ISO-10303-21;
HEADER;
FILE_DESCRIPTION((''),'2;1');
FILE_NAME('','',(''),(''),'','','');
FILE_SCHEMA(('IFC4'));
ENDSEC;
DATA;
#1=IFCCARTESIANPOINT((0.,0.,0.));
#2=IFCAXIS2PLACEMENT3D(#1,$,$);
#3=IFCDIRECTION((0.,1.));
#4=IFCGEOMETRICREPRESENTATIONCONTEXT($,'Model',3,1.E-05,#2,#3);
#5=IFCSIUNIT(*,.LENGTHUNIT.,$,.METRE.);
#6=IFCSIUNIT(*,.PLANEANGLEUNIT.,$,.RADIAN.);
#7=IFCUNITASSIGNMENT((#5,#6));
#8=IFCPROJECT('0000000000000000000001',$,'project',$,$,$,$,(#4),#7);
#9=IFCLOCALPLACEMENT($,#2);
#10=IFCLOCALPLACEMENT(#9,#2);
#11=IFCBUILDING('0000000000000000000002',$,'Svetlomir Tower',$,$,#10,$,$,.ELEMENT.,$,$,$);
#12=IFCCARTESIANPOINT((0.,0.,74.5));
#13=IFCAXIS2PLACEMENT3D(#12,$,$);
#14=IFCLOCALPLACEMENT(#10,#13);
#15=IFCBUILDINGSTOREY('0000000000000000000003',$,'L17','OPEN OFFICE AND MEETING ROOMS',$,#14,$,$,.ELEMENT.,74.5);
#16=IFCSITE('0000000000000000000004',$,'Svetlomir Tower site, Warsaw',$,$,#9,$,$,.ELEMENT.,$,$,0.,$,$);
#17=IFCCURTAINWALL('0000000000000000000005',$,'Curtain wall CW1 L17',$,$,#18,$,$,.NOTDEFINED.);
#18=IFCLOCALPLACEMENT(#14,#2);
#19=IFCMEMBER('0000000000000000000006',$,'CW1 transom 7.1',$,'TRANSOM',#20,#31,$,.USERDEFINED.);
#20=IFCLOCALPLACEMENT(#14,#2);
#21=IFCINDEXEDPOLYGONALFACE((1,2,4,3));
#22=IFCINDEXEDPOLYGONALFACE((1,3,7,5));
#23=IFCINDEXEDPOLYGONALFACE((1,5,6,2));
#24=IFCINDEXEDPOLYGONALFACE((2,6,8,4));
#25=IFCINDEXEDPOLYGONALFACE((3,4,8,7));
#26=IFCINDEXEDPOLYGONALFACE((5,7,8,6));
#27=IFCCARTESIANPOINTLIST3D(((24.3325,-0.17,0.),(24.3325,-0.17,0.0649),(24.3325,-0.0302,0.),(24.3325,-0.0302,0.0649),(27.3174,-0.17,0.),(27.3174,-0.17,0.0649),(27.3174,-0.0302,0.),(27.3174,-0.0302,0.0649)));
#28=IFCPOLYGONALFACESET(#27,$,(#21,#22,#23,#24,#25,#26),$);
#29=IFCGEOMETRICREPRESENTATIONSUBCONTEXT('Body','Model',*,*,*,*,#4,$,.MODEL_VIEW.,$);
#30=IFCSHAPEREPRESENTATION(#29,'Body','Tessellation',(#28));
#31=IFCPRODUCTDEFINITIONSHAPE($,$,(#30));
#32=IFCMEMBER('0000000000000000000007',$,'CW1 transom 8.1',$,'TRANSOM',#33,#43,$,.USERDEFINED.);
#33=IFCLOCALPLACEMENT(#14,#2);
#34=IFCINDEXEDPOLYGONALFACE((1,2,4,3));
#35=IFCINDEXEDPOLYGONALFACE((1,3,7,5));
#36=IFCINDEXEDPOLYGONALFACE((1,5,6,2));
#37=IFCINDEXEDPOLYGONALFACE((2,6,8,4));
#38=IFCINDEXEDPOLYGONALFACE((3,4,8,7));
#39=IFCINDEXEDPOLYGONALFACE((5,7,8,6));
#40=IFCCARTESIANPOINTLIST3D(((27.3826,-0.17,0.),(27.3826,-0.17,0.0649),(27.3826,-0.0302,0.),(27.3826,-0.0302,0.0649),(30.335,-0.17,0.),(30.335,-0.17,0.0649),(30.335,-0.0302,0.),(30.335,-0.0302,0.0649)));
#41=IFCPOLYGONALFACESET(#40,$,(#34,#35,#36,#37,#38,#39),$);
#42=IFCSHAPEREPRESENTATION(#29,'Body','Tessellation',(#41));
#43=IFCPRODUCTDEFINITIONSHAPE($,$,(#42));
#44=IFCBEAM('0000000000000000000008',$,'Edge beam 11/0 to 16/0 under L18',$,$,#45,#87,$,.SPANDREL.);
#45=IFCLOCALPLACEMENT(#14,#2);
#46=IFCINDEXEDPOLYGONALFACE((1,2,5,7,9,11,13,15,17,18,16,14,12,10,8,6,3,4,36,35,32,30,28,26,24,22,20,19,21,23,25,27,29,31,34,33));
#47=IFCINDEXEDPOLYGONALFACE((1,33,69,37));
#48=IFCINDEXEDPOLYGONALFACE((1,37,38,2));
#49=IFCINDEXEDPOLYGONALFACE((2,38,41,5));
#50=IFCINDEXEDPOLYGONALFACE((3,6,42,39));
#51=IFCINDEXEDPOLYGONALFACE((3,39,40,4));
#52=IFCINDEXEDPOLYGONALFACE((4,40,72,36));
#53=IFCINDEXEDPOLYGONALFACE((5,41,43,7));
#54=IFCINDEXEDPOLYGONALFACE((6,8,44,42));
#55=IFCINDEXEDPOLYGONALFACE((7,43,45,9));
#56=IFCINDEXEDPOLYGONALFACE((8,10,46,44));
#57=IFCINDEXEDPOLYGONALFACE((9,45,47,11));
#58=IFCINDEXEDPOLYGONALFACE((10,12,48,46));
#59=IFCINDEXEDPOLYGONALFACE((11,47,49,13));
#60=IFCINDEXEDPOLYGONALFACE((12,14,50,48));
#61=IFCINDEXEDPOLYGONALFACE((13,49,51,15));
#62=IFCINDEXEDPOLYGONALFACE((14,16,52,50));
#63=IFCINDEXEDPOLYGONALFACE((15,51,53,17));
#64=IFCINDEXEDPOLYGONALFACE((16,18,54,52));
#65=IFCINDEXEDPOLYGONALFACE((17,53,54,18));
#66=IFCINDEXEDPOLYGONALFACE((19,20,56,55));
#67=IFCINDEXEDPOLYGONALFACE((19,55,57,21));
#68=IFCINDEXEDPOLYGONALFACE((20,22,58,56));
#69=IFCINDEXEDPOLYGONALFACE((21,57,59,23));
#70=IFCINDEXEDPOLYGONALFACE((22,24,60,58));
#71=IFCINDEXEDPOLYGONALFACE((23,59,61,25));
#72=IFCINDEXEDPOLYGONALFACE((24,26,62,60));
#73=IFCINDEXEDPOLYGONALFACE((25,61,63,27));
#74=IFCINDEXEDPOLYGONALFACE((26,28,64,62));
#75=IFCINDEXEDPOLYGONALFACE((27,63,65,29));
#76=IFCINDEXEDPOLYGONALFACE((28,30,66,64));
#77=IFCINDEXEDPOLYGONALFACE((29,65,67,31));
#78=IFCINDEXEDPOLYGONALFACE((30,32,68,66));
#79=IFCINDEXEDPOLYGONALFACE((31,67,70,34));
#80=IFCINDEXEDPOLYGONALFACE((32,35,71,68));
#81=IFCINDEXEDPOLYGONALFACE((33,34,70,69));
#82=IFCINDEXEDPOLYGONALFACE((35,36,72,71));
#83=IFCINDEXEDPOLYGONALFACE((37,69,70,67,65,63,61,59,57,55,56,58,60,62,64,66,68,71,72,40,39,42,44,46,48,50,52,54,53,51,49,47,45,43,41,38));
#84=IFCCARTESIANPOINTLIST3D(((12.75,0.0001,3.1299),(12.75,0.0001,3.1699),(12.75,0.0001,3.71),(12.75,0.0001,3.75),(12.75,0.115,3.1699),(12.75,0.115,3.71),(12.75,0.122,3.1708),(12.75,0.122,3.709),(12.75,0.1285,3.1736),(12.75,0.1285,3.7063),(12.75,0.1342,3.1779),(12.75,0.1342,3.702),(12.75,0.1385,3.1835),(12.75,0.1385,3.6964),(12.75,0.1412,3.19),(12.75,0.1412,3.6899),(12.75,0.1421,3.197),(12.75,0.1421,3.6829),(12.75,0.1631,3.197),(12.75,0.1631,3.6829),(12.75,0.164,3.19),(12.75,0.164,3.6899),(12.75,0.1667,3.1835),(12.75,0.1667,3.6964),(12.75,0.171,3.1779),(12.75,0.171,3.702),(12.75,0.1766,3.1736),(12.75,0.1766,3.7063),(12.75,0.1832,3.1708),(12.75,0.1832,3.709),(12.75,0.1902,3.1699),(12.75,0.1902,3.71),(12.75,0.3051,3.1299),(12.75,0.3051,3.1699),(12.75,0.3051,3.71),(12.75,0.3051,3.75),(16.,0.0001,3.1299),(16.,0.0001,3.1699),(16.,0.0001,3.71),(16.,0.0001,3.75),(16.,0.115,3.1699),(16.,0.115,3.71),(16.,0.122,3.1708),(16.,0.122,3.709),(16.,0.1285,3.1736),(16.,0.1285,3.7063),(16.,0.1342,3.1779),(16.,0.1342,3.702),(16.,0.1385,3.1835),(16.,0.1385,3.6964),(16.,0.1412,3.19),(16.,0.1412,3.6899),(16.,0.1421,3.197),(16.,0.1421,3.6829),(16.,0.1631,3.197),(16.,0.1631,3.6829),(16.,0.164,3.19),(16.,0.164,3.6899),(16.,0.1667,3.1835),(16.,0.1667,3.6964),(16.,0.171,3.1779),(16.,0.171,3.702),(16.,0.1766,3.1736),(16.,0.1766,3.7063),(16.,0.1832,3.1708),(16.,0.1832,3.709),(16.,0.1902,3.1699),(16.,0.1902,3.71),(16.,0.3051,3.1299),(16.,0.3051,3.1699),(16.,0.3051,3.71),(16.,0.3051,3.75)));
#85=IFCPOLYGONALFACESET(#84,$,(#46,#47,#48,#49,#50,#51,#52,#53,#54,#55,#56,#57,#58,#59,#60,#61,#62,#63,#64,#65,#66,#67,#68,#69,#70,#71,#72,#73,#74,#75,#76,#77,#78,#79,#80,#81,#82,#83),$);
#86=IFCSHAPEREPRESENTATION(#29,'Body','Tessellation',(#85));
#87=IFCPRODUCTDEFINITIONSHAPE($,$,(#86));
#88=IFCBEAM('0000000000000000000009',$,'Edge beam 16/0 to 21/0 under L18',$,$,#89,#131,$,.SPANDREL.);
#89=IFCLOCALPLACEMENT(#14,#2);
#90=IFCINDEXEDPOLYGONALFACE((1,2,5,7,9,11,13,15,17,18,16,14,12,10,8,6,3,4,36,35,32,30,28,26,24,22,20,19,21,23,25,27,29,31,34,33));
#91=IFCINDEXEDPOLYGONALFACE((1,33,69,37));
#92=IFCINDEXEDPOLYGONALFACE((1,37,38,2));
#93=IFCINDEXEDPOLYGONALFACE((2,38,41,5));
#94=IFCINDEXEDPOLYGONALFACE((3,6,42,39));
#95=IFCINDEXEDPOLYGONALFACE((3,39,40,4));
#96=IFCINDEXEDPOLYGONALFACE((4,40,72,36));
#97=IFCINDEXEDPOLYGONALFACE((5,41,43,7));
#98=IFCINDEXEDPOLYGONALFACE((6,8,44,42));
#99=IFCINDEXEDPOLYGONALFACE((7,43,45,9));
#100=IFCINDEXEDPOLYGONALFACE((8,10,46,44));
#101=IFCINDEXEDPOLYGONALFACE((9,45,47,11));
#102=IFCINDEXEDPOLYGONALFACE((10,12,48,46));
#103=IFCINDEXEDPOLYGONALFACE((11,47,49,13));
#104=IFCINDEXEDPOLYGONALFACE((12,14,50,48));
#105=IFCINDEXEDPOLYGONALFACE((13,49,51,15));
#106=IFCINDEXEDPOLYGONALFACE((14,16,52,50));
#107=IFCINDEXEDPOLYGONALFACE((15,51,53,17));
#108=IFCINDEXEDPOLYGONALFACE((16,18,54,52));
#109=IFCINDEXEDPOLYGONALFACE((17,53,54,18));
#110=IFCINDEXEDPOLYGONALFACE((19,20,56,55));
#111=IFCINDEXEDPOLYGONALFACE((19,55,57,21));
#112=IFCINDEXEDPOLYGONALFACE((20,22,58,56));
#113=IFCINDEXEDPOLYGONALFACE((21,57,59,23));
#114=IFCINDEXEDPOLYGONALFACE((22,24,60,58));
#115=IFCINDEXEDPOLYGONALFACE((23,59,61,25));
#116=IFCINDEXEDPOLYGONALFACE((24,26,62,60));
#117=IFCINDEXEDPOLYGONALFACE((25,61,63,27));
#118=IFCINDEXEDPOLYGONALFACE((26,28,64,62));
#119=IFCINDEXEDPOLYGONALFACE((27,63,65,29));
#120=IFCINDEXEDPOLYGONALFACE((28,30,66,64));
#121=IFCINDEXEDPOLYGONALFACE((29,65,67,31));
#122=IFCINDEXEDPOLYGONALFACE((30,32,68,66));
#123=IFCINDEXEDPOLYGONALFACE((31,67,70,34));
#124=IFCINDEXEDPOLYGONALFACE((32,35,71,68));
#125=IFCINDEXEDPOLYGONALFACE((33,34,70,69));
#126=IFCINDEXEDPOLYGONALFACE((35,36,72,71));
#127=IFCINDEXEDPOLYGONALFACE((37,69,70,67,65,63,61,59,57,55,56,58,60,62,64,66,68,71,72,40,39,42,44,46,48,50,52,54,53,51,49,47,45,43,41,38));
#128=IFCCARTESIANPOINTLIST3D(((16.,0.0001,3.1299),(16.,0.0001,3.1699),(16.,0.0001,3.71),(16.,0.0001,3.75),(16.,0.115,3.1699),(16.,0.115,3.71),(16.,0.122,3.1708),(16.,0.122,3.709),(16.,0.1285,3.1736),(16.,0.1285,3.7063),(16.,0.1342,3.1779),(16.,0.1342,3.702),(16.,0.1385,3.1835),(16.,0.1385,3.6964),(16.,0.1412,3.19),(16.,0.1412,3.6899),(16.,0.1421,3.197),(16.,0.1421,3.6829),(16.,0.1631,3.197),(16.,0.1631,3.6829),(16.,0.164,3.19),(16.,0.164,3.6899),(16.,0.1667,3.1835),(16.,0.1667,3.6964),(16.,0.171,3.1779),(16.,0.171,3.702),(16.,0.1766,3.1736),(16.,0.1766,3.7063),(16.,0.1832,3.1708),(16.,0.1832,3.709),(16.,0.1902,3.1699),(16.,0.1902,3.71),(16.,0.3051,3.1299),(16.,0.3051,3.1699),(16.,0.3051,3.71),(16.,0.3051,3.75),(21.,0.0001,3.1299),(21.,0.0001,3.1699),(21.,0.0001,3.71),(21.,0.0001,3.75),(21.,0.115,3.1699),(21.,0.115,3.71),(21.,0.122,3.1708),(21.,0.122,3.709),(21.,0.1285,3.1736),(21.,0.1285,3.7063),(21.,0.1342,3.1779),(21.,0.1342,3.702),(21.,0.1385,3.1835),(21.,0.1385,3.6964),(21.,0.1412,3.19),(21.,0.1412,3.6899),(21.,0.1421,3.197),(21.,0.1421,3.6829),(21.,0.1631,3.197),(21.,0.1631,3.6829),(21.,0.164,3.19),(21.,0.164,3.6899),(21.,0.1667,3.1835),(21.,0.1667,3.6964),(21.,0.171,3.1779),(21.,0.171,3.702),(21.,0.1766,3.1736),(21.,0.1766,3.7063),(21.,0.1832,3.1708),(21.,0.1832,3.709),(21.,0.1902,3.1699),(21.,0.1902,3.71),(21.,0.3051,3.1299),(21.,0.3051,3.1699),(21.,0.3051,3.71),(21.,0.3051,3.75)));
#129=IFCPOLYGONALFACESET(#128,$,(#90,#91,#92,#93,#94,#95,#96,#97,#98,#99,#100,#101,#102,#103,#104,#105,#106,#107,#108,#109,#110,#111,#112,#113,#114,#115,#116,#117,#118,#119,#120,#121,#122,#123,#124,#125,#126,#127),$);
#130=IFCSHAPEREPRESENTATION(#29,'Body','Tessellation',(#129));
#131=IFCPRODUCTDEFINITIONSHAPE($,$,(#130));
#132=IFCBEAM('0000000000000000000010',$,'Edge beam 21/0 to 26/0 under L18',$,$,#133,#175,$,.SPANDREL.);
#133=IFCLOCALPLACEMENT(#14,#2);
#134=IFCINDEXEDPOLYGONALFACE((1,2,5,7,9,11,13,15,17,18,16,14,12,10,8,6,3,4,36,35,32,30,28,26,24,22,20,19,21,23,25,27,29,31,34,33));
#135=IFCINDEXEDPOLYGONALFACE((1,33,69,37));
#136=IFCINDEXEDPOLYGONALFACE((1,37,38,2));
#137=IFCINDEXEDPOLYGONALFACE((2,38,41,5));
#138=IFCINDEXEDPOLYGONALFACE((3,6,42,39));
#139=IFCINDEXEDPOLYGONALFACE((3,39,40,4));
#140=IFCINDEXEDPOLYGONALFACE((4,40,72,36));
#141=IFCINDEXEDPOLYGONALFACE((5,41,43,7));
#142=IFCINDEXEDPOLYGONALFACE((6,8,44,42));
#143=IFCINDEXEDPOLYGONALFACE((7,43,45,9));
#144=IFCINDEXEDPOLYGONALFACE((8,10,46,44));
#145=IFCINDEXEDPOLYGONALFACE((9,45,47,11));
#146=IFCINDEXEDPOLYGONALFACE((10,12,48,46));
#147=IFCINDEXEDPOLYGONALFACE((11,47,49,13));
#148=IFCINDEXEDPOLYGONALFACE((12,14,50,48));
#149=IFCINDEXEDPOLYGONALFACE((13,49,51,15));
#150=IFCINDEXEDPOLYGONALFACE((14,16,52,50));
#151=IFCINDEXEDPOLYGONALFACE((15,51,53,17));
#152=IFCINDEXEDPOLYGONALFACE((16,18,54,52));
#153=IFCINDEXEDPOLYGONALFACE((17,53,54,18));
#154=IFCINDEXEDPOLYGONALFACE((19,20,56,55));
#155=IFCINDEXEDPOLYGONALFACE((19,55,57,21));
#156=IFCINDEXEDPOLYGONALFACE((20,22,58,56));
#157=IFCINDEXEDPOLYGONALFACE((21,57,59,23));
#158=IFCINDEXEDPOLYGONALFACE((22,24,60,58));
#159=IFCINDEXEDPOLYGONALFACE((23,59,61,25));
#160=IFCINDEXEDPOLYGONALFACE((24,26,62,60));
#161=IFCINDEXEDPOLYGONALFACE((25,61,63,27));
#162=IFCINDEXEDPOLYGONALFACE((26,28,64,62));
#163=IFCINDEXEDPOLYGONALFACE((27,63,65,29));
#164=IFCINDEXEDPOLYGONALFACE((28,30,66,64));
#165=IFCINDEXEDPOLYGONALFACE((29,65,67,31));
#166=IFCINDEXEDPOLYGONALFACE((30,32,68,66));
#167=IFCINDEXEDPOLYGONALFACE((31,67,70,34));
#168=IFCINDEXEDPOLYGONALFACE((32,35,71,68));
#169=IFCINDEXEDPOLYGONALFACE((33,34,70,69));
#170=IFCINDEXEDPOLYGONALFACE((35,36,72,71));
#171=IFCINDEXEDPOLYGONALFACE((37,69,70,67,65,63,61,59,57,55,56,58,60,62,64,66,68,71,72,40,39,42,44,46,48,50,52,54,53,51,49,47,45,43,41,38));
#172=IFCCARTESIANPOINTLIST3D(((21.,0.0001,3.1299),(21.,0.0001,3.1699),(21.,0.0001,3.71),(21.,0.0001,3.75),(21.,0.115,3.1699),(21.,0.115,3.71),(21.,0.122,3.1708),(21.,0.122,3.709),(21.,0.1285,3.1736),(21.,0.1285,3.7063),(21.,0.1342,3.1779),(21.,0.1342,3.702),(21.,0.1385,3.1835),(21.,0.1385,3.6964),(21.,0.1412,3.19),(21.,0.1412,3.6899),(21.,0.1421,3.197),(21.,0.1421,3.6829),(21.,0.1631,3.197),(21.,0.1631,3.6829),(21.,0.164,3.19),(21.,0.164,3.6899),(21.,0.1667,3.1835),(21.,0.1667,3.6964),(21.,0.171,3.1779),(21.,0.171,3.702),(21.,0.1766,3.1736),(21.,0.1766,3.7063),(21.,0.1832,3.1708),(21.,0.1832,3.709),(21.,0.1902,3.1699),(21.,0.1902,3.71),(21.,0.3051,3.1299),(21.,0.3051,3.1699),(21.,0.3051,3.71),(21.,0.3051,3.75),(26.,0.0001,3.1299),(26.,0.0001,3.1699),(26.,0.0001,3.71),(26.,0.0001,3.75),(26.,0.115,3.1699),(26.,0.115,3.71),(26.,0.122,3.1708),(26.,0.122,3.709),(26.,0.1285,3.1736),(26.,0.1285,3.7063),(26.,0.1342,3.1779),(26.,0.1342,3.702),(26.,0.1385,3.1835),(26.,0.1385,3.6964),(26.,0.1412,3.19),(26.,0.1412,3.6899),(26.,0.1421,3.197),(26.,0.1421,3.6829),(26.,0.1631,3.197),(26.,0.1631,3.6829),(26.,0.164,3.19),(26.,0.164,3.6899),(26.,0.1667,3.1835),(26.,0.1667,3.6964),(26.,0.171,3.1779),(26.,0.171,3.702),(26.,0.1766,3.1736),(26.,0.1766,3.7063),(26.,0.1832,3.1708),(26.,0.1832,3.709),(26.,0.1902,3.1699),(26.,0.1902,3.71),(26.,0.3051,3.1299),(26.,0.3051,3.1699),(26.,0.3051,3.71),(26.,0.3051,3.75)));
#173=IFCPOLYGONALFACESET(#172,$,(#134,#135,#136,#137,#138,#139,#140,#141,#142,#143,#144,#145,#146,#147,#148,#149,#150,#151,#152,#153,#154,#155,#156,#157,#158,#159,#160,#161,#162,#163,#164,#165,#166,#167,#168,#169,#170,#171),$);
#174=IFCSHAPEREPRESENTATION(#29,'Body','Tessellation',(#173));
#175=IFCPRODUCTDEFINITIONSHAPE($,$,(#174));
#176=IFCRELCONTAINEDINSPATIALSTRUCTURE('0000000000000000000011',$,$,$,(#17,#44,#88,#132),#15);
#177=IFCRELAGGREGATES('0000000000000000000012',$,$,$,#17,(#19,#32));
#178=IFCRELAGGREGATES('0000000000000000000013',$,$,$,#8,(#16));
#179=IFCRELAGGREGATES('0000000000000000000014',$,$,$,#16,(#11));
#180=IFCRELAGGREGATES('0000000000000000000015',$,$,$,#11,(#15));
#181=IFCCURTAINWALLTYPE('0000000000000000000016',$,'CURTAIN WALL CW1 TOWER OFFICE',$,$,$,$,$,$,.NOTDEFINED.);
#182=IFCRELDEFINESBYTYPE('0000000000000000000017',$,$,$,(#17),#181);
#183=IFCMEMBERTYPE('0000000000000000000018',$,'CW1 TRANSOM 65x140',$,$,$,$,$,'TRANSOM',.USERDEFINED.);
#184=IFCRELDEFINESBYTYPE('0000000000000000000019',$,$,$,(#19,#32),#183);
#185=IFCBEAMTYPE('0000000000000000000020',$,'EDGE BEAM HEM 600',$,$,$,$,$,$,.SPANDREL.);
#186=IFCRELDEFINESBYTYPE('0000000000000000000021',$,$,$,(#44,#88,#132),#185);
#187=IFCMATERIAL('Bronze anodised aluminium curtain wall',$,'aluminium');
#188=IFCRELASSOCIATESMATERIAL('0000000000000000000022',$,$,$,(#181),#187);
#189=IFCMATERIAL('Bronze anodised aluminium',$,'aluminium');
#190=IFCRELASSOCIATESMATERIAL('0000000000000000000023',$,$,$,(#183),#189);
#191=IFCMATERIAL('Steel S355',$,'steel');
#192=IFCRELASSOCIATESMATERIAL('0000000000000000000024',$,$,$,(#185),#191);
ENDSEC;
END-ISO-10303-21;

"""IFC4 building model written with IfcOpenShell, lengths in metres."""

from ifc_helpers import new_model, si_unit, direction, frame, origin, origin_2d, place, context, subcontext, project, spatial, rectangle, i_section, extrude, material, material_profile, profile_set, type_object, element, aggregate, save


model = new_model("IFC4")

# Units and contexts
model_context = context("Model", 3, precision=1e-05, world=origin(), true_north=direction((0.0, 1.0)))
body_context = subcontext(model_context, "Body", "Model", "MODEL_VIEW")
ifc_project = project(units=[si_unit("LENGTHUNIT", "METRE"), si_unit("PLANEANGLEUNIT", "RADIAN")], contexts=[model_context])

# Site, building, storey
site_placement = place(None, origin())
site = spatial("IfcSite", under=ifc_project, at=site_placement, Name="Svetlomir Tower site, Warsaw", CompositionType="ELEMENT", RefElevation=0.0)
building_placement = place(site_placement, origin())
building = spatial("IfcBuilding", under=site, at=building_placement, Name="Svetlomir Tower", CompositionType="ELEMENT")
storey_placement = place(building_placement, frame((0.0, 0.0, 74.5)))
storey = spatial("IfcBuildingStorey", under=building, at=storey_placement, Name="L17", Description="OPEN OFFICE AND MEETING ROOMS", CompositionType="ELEMENT", Elevation=74.5)

# Curtain wall, members
ifc_material_1 = material(Name="Bronze anodised aluminium curtain wall", Category="aluminium")
curtain_wall_type = type_object("IfcCurtainWallType", Name="CURTAIN WALL CW1 TOWER OFFICE", PredefinedType="NOTDEFINED", material=ifc_material_1)
curtain_wall_placement = place(storey_placement, origin())
curtain_wall = element("IfcCurtainWall", 1, at=curtain_wall_placement, inside=storey, type_object=curtain_wall_type, Name="Curtain wall CW1 L17", PredefinedType="NOTDEFINED")
ifc_material_2 = material(Name="Bronze anodised aluminium", Category="aluminium")
ifc_material_profile_1 = material_profile(ifc_material_2, rectangle(XDim=0.1399, YDim=0.0649, at=origin_2d()), Name="AL 140x65")
ifc_profile_set_1 = profile_set([ifc_material_profile_1], Name="Bronze anodised aluminium 6063-T6")
member_type_1 = type_object("IfcMemberType", Name="CW1 TRANSOM 65x140", ElementType="TRANSOM", PredefinedType="USERDEFINED", material=ifc_profile_set_1)
member_1_placement = place(storey_placement, frame((24.3325, -0.1001, 0.0325), z_axis=(1.0, 0.0, 0.0), x_axis=(0.0, 1.0, 0.0)))
member_1 = element("IfcMember", 2, at=member_1_placement, type_object=member_type_1, Name="CW1 transom 7.1", ObjectType="TRANSOM", PredefinedType="USERDEFINED", context=body_context, shape_type="SweptSolid", body=[
    extrude(rectangle(XDim=0.1399, YDim=0.0649, at=origin_2d()), origin(), (0.0, 0.0, 1.0), 2.9849),
])
member_2_placement = place(storey_placement, frame((27.3826, -0.1001, 0.0325), z_axis=(1.0, 0.0, 0.0), x_axis=(0.0, 1.0, 0.0)))
member_2 = element("IfcMember", 3, at=member_2_placement, type_object=member_type_1, Name="CW1 transom 8.1", ObjectType="TRANSOM", PredefinedType="USERDEFINED", context=body_context, shape_type="SweptSolid", body=[
    extrude(rectangle(XDim=0.1399, YDim=0.0649, at=origin_2d()), origin(), (0.0, 0.0, 1.0), 2.9524),
])

# Beams
ifc_material_3 = material(Name="Steel S355", Category="steel")
ifc_material_profile_2 = material_profile(ifc_material_3, i_section(OverallWidth=0.3049, OverallDepth=0.6201, WebThickness=0.021, FlangeThickness=0.04, FilletRadius=0.0271, at=origin_2d()), Name="HEM 600")
ifc_profile_set_2 = profile_set([ifc_material_profile_2], Name="Steel S355")
beam_type_1 = type_object("IfcBeamType", Name="EDGE BEAM HEM 600", PredefinedType="SPANDREL", material=ifc_profile_set_2)
beam_1_placement = place(storey_placement, frame((12.75, 0.1526, 3.4399), z_axis=(1.0, 0.0, 0.0), x_axis=(0.0, 1.0, 0.0)))
element("IfcBeam", 4, at=beam_1_placement, inside=storey, type_object=beam_type_1, Name="Edge beam 11/0 to 16/0 under L18", PredefinedType="SPANDREL", context=body_context, shape_type="SweptSolid", body=[
    extrude(i_section(OverallWidth=0.3049, OverallDepth=0.6201, WebThickness=0.021, FlangeThickness=0.04, FilletRadius=0.0271, at=origin_2d()), origin(), (0.0, 0.0, 1.0), 3.25),
])
for number, where, z_axis, x_axis, name in (
    (5, (16.0, 0.1526, 3.4399), (1.0, 0.0, 0.0), (0.0, 1.0, 0.0), "Edge beam 16/0 to 21/0 under L18"),
    (6, (21.0, 0.1526, 3.4399), (1.0, 0.0, 0.0), (0.0, 1.0, 0.0), "Edge beam 21/0 to 26/0 under L18"),
):
    element("IfcBeam", number, at=place(storey_placement, frame(where, z_axis=z_axis, x_axis=x_axis)), inside=storey, type_object=beam_type_1, Name=name, PredefinedType="SPANDREL", context=body_context, shape_type="SweptSolid", body=[
        extrude(i_section(OverallWidth=0.3049, OverallDepth=0.6201, WebThickness=0.021, FlangeThickness=0.04, FilletRadius=0.0271, at=origin_2d()), origin(), (0.0, 0.0, 1.0), 5.0),
    ])

aggregate(curtain_wall, [member_1, member_2])

save(model, "model.ifc")
